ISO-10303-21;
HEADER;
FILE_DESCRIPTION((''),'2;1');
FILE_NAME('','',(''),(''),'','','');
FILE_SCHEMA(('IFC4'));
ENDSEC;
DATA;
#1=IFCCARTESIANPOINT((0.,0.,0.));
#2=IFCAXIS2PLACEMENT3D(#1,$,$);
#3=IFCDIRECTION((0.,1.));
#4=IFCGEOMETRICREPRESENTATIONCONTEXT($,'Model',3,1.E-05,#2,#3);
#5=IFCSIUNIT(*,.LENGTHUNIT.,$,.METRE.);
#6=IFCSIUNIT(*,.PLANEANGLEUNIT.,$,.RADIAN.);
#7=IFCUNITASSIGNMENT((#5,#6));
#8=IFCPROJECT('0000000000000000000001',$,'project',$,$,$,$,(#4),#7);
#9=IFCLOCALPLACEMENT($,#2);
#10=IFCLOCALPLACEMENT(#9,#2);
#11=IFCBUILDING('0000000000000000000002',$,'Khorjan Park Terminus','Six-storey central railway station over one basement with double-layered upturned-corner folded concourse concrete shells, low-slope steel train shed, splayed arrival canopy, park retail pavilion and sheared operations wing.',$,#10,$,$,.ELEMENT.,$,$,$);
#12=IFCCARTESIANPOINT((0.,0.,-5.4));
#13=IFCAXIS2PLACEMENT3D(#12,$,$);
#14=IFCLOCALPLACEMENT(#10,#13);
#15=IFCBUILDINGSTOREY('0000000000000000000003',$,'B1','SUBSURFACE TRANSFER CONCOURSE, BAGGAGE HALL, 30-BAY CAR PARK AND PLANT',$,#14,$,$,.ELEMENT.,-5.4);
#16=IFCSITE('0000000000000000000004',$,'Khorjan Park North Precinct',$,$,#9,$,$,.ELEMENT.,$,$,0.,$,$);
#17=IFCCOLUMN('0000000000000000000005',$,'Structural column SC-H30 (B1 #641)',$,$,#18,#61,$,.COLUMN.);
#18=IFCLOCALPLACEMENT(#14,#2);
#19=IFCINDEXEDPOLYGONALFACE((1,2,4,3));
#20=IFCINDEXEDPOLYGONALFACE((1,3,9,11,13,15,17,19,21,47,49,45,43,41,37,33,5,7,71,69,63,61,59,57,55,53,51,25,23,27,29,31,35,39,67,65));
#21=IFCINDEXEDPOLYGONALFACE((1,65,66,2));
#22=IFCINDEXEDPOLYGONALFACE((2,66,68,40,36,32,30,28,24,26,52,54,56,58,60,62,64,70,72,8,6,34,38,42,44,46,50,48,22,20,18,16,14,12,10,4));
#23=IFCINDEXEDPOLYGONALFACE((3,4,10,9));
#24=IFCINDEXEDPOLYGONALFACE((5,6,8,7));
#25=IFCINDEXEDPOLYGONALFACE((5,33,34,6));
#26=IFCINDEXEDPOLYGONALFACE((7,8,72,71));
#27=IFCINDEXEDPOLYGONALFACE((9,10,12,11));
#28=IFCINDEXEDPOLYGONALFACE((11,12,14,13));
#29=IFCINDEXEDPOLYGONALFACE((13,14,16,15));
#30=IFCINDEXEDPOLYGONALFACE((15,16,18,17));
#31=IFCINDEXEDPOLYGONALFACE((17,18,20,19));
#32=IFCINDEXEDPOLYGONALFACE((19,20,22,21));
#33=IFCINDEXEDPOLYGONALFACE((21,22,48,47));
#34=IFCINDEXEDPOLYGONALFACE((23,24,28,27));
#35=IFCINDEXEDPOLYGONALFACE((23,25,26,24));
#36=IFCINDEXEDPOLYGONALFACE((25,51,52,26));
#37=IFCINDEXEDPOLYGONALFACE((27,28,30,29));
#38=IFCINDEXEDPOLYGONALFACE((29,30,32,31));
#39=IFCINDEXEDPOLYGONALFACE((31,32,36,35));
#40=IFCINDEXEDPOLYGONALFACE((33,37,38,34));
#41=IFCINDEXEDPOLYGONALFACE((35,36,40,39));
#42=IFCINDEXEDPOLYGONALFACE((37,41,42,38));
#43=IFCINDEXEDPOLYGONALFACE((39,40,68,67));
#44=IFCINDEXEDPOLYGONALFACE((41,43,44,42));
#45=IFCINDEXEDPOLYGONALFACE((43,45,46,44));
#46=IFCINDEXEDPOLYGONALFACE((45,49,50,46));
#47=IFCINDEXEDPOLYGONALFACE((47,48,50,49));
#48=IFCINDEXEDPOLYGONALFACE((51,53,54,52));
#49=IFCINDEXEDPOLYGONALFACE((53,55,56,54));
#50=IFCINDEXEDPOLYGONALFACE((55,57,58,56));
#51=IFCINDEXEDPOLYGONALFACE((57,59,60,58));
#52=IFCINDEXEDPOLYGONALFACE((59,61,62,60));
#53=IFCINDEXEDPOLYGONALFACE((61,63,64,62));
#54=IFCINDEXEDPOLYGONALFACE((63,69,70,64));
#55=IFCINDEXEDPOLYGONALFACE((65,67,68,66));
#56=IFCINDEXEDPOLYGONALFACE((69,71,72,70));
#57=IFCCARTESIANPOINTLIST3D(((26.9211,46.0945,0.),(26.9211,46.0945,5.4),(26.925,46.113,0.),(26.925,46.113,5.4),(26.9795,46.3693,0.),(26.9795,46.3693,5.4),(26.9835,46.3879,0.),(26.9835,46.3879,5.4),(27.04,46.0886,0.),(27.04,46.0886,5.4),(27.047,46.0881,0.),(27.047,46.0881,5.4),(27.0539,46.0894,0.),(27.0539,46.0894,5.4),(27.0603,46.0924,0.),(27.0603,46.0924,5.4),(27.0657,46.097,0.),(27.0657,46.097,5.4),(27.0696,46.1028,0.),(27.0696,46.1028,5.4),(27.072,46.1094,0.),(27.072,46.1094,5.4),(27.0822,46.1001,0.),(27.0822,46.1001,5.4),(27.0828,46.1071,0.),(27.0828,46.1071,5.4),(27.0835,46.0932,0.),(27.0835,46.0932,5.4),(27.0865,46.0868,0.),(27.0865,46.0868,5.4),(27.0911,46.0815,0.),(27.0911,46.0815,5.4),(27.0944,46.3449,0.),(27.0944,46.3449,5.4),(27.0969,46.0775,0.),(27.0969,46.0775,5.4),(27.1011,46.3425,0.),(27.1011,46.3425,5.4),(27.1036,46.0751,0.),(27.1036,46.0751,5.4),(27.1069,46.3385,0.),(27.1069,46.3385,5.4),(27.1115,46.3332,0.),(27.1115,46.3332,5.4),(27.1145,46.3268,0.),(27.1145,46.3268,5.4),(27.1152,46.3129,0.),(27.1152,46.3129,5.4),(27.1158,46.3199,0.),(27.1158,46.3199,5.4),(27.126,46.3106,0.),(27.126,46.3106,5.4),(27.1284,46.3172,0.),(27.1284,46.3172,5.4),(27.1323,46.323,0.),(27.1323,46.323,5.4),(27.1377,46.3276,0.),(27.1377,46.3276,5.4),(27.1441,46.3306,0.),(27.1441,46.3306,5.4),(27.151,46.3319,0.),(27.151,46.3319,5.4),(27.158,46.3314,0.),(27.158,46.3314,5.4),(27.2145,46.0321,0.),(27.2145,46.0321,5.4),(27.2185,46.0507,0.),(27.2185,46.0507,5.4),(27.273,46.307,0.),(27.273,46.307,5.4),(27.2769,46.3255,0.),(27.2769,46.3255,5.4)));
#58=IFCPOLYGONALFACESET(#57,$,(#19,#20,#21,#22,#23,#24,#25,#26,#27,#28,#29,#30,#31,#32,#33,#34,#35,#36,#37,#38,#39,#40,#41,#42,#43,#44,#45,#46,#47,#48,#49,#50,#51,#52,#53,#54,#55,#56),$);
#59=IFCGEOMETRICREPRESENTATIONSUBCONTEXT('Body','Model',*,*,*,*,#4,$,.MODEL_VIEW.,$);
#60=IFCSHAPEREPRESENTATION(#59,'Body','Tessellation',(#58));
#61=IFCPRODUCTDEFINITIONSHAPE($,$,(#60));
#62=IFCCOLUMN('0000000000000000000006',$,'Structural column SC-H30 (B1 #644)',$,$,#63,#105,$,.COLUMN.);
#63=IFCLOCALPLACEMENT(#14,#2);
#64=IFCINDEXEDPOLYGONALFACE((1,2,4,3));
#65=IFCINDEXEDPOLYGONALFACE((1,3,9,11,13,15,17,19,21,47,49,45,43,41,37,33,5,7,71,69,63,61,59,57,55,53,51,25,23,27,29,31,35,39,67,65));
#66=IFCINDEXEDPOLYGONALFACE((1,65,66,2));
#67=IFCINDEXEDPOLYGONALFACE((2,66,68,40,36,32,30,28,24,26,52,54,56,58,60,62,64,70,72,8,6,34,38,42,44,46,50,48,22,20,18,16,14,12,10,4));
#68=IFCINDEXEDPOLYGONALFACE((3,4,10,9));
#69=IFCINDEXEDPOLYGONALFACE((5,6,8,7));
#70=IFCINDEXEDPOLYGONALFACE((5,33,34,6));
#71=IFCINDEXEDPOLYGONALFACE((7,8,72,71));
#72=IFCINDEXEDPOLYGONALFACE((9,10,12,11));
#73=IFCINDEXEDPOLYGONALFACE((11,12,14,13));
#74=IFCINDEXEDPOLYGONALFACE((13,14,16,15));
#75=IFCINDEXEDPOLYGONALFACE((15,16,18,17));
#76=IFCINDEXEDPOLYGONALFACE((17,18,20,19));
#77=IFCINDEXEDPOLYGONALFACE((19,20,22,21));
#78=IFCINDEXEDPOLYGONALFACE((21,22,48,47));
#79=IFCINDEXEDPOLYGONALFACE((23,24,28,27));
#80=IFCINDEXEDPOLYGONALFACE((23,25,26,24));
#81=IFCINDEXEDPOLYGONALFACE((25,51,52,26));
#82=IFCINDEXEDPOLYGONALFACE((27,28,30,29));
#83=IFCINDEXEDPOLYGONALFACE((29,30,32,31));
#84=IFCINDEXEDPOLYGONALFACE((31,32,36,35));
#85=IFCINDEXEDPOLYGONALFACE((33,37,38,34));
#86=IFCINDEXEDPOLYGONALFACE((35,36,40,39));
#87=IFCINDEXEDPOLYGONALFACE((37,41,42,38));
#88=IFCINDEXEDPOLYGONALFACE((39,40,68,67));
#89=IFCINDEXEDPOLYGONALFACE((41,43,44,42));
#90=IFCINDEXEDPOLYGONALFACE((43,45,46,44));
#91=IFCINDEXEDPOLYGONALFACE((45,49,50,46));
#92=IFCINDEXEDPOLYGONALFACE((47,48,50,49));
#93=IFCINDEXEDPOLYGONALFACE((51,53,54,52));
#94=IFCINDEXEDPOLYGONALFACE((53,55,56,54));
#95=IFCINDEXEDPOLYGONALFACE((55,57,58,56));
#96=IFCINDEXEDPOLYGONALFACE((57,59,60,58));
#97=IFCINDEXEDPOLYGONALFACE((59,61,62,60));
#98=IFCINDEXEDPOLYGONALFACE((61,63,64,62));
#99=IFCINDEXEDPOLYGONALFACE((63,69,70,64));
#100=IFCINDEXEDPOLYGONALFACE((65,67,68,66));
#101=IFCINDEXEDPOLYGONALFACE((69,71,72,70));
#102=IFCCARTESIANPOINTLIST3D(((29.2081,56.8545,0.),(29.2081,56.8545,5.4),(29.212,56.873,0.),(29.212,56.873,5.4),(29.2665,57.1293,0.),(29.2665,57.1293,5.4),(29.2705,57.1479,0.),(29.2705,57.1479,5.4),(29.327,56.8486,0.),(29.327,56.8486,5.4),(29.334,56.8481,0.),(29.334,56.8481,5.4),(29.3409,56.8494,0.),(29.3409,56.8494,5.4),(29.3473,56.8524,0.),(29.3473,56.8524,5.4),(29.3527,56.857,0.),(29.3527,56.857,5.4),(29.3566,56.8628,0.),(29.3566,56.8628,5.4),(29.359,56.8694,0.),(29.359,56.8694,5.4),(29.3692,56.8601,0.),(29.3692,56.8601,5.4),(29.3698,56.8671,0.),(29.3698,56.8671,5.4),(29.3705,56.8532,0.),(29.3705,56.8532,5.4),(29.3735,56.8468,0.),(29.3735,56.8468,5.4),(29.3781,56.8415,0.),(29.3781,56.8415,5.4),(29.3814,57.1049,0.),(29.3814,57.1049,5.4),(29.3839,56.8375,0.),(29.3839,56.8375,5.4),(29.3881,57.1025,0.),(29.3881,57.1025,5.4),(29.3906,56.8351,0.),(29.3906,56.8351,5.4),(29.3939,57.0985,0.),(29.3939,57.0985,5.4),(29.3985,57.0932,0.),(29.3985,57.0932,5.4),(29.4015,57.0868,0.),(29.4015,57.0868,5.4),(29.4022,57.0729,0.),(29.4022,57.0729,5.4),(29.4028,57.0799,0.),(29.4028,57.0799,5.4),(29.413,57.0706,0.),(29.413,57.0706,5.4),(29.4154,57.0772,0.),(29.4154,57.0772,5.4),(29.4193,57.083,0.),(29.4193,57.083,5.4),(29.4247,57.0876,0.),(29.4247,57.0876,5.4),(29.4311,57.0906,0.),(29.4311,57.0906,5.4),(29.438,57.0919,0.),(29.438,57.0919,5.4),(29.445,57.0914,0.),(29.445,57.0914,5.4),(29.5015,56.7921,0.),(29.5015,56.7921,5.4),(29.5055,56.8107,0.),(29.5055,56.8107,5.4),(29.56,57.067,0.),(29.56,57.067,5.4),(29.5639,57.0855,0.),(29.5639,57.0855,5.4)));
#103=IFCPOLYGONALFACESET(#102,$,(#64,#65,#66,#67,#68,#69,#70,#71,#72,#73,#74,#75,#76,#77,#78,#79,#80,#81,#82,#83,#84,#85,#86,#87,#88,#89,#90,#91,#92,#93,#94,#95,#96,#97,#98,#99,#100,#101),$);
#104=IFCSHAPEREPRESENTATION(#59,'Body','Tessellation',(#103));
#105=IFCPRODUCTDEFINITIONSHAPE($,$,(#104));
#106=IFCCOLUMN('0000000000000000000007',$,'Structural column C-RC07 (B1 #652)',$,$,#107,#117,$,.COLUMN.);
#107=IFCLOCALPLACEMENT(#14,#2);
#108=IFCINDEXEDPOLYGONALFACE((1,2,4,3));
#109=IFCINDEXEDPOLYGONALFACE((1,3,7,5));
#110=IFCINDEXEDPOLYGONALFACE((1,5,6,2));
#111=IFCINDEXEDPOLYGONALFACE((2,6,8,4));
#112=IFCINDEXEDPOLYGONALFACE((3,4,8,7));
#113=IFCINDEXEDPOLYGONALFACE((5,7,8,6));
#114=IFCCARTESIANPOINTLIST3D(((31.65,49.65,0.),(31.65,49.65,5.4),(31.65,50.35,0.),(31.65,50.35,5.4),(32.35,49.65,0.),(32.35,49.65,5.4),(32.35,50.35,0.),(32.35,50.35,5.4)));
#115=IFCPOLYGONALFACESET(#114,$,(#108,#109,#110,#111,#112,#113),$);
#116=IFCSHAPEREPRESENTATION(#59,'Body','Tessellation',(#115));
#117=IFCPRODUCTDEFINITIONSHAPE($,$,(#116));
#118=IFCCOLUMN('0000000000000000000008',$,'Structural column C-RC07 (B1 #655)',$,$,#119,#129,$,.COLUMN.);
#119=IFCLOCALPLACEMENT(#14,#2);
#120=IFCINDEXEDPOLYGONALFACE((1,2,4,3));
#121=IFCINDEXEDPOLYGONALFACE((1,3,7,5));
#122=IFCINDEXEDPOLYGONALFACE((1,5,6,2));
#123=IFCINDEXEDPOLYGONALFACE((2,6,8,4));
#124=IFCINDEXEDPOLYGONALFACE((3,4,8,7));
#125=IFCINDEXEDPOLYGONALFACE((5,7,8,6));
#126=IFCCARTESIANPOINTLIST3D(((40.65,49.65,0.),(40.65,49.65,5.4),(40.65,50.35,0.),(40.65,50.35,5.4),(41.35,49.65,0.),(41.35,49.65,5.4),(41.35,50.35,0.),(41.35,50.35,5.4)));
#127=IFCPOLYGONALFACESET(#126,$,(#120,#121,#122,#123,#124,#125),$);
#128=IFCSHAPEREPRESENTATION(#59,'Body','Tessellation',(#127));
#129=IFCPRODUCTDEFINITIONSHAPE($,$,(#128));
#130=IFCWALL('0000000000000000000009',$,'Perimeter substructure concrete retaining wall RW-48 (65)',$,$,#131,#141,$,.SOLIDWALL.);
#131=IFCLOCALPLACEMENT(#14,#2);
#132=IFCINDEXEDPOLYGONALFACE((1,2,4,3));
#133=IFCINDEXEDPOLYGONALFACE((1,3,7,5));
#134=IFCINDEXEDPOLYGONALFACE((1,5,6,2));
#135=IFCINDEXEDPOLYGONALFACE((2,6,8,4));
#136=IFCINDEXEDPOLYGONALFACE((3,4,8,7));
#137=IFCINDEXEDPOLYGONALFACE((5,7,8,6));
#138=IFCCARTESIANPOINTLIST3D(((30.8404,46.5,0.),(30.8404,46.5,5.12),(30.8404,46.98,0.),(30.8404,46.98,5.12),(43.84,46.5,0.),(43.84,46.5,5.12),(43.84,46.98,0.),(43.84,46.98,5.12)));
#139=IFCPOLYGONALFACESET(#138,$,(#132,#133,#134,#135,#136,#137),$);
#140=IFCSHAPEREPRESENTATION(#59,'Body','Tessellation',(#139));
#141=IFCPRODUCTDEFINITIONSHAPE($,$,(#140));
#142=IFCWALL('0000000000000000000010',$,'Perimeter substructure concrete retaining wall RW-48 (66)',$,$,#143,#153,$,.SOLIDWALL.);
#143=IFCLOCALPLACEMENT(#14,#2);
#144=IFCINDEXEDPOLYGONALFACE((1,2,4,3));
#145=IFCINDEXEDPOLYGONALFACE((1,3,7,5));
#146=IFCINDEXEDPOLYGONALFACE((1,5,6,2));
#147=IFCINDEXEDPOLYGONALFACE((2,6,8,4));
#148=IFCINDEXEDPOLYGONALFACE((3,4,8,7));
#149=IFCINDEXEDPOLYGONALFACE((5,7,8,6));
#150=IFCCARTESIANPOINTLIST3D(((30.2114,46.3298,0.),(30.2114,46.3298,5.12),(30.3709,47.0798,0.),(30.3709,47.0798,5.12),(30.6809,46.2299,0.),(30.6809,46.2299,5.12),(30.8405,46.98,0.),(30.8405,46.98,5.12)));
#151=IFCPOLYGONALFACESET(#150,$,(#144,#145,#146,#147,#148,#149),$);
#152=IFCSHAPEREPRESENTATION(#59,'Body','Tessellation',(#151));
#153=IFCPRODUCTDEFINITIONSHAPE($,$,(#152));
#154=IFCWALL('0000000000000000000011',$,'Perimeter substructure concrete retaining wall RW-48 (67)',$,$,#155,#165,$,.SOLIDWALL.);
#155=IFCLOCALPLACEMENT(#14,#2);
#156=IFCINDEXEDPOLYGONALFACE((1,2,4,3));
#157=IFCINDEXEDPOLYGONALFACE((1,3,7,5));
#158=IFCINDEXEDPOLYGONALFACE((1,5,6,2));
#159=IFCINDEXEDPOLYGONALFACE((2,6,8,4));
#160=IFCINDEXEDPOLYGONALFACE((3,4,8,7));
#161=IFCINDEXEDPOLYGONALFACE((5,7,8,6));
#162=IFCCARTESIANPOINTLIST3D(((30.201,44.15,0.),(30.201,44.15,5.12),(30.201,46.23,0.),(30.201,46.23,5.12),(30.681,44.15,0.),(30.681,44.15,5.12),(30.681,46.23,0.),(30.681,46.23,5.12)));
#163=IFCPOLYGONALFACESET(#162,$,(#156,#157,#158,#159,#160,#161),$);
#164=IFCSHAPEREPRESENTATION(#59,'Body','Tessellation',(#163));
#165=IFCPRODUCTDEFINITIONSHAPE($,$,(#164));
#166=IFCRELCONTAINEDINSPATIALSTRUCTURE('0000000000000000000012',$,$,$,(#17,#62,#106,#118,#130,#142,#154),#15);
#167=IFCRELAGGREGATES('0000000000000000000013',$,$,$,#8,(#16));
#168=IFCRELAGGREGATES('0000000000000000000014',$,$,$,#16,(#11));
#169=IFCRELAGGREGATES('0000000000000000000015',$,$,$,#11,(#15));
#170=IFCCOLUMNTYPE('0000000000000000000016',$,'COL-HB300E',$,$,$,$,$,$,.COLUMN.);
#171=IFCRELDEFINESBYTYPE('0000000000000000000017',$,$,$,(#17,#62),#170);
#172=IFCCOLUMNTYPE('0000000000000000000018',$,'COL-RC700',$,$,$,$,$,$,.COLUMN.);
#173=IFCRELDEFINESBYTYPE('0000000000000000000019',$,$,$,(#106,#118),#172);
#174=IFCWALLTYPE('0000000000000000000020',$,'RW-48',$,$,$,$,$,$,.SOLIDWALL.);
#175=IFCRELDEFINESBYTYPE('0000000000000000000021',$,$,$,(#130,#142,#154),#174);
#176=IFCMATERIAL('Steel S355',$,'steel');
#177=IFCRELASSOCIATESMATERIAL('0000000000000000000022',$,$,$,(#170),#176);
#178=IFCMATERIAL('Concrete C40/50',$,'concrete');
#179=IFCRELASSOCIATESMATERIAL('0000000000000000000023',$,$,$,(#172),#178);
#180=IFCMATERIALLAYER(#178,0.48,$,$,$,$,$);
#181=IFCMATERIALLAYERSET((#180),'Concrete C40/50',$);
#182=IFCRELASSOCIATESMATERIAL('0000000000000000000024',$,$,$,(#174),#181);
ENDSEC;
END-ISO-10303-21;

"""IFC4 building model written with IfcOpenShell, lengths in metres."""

from ifc_helpers import new_model, si_unit, direction, frame, frame_2d, origin, origin_2d, place, context, subcontext, project, spatial, rectangle, i_section, extrude, material, layer, layer_set, material_profile, profile_set, type_object, element, save


model = new_model("IFC4")

# Units and contexts
model_context = context("Model", 3, precision=1e-05, world=origin(), true_north=direction((0.0, 1.0)))
body_context = subcontext(model_context, "Body", "Model", "MODEL_VIEW")
ifc_project = project(units=[si_unit("LENGTHUNIT", "METRE"), si_unit("PLANEANGLEUNIT", "RADIAN")], contexts=[model_context])

# Site, building, storey
site_placement = place(None, origin())
site = spatial("IfcSite", under=ifc_project, at=site_placement, Name="Khorjan Park North Precinct", CompositionType="ELEMENT", RefElevation=0.0)
building_placement = place(site_placement, origin())
building = spatial("IfcBuilding", under=site, at=building_placement, Name="Khorjan Park Terminus", Description="Six-storey central railway station over one basement with double-layered upturned-corner folded concourse concrete shells, low-slope steel train shed, splayed arrival canopy, park retail pavilion and sheared operations wing.", CompositionType="ELEMENT")
storey_placement = place(building_placement, frame((0.0, 0.0, -5.4)))
storey = spatial("IfcBuildingStorey", under=building, at=storey_placement, Name="B1", Description="SUBSURFACE TRANSFER CONCOURSE, BAGGAGE HALL, 30-BAY CAR PARK AND PLANT", CompositionType="ELEMENT", Elevation=-5.4)

# Shared definitions
ifc_material_1 = material(Name="Concrete C40/50", Category="concrete")

# Columns
ifc_material_2 = material(Name="Steel S355", Category="steel")
ifc_material_profile_1 = material_profile(ifc_material_2, i_section(OverallWidth=0.3, OverallDepth=0.3, WebThickness=0.011, FlangeThickness=0.019, FilletRadius=0.027, at=origin_2d()), Name="HEB 300")
ifc_profile_set_1 = profile_set([ifc_material_profile_1], Name="Steel S355")
column_type_1 = type_object("IfcColumnType", Name="COL-HB300E", PredefinedType="COLUMN", material=ifc_profile_set_1)
for number, where, z_axis, x_axis, name in (
    (1, (27.099, 46.21, 0.0), (0.0, 0.0, 1.0), (0.978148, -0.207912, 0.0), "Structural column SC-H30 (B1 #641)"),
    (2, (29.386, 56.97, 0.0), (0.0, 0.0, 1.0), (0.978148, -0.207912, 0.0), "Structural column SC-H30 (B1 #644)"),
):
    element("IfcColumn", number, at=place(storey_placement, frame(where, z_axis=z_axis, x_axis=x_axis)), inside=storey, type_object=column_type_1, Name=name, PredefinedType="COLUMN", context=body_context, shape_type="SweptSolid", body=[
        extrude(i_section(OverallWidth=0.3, OverallDepth=0.3, WebThickness=0.011, FlangeThickness=0.019, FilletRadius=0.027, at=origin_2d()), origin(), (0.0, 0.0, 1.0), 5.4),
    ])
ifc_material_profile_2 = material_profile(ifc_material_1, rectangle(XDim=0.7, YDim=0.7, at=origin_2d()), Name="RC 700x700")
ifc_profile_set_2 = profile_set([ifc_material_profile_2], Name="Concrete C40/50")
column_type_2 = type_object("IfcColumnType", Name="COL-RC700", PredefinedType="COLUMN", material=ifc_profile_set_2)
for number, where, z_axis, x_axis, name in (
    (3, (32.0, 50.0, 0.0), (0.0, 0.0, 1.0), (1.0, 0.0, 0.0), "Structural column C-RC07 (B1 #652)"),
    (4, (41.0, 50.0, 0.0), (0.0, 0.0, 1.0), (1.0, 0.0, 0.0), "Structural column C-RC07 (B1 #655)"),
):
    element("IfcColumn", number, at=place(storey_placement, frame(where, z_axis=z_axis, x_axis=x_axis)), inside=storey, type_object=column_type_2, Name=name, PredefinedType="COLUMN", context=body_context, shape_type="SweptSolid", body=[
        extrude(rectangle(XDim=0.7, YDim=0.7, at=origin_2d()), origin(), (0.0, 0.0, 1.0), 5.4),
    ])

# Walls
ifc_layer = layer(ifc_material_1, 0.48)
ifc_layer_set = layer_set([ifc_layer], Name="Concrete C40/50")
wall_type = type_object("IfcWallType", Name="RW-48", PredefinedType="SOLIDWALL", material=ifc_layer_set)
wall_1_placement = place(storey_placement, frame((43.84, 46.74, 0.0), z_axis=(0.0, 0.0, 1.0), x_axis=(-1.0, 0.0, 0.0)))
element("IfcWall", 5, at=wall_1_placement, inside=storey, type_object=wall_type, Name="Perimeter substructure concrete retaining wall RW-48 (65)", PredefinedType="SOLIDWALL", context=body_context, shape_type="SweptSolid", body=[
    extrude(rectangle(XDim=12.9996, YDim=0.48, at=frame_2d((6.4998, 0.0))), origin(), (0.0, 0.0, 1.0), 5.12),
])
wall_2_placement = place(storey_placement, frame((30.6057, 47.0299, 0.0), z_axis=(0.0, 0.0, 1.0), x_axis=(-0.208015, -0.978126, 0.0)))
element("IfcWall", 6, at=wall_2_placement, inside=storey, type_object=wall_type, Name="Perimeter substructure concrete retaining wall RW-48 (66)", PredefinedType="SOLIDWALL", context=body_context, shape_type="SweptSolid", body=[
    extrude(rectangle(XDim=0.7668, YDim=0.48, at=frame_2d((0.3834, 0.0))), origin(), (0.0, 0.0, 1.0), 5.12),
])
wall_3_placement = place(storey_placement, frame((30.441, 46.23, 0.0), z_axis=(0.0, 0.0, 1.0), x_axis=(0.0, -1.0, 0.0)))
element("IfcWall", 7, at=wall_3_placement, inside=storey, type_object=wall_type, Name="Perimeter substructure concrete retaining wall RW-48 (67)", PredefinedType="SOLIDWALL", context=body_context, shape_type="SweptSolid", body=[
    extrude(rectangle(XDim=2.08, YDim=0.48, at=frame_2d((1.04, 0.0))), origin(), (0.0, 0.0, 1.0), 5.12),
])

save(model, "model.ifc")
